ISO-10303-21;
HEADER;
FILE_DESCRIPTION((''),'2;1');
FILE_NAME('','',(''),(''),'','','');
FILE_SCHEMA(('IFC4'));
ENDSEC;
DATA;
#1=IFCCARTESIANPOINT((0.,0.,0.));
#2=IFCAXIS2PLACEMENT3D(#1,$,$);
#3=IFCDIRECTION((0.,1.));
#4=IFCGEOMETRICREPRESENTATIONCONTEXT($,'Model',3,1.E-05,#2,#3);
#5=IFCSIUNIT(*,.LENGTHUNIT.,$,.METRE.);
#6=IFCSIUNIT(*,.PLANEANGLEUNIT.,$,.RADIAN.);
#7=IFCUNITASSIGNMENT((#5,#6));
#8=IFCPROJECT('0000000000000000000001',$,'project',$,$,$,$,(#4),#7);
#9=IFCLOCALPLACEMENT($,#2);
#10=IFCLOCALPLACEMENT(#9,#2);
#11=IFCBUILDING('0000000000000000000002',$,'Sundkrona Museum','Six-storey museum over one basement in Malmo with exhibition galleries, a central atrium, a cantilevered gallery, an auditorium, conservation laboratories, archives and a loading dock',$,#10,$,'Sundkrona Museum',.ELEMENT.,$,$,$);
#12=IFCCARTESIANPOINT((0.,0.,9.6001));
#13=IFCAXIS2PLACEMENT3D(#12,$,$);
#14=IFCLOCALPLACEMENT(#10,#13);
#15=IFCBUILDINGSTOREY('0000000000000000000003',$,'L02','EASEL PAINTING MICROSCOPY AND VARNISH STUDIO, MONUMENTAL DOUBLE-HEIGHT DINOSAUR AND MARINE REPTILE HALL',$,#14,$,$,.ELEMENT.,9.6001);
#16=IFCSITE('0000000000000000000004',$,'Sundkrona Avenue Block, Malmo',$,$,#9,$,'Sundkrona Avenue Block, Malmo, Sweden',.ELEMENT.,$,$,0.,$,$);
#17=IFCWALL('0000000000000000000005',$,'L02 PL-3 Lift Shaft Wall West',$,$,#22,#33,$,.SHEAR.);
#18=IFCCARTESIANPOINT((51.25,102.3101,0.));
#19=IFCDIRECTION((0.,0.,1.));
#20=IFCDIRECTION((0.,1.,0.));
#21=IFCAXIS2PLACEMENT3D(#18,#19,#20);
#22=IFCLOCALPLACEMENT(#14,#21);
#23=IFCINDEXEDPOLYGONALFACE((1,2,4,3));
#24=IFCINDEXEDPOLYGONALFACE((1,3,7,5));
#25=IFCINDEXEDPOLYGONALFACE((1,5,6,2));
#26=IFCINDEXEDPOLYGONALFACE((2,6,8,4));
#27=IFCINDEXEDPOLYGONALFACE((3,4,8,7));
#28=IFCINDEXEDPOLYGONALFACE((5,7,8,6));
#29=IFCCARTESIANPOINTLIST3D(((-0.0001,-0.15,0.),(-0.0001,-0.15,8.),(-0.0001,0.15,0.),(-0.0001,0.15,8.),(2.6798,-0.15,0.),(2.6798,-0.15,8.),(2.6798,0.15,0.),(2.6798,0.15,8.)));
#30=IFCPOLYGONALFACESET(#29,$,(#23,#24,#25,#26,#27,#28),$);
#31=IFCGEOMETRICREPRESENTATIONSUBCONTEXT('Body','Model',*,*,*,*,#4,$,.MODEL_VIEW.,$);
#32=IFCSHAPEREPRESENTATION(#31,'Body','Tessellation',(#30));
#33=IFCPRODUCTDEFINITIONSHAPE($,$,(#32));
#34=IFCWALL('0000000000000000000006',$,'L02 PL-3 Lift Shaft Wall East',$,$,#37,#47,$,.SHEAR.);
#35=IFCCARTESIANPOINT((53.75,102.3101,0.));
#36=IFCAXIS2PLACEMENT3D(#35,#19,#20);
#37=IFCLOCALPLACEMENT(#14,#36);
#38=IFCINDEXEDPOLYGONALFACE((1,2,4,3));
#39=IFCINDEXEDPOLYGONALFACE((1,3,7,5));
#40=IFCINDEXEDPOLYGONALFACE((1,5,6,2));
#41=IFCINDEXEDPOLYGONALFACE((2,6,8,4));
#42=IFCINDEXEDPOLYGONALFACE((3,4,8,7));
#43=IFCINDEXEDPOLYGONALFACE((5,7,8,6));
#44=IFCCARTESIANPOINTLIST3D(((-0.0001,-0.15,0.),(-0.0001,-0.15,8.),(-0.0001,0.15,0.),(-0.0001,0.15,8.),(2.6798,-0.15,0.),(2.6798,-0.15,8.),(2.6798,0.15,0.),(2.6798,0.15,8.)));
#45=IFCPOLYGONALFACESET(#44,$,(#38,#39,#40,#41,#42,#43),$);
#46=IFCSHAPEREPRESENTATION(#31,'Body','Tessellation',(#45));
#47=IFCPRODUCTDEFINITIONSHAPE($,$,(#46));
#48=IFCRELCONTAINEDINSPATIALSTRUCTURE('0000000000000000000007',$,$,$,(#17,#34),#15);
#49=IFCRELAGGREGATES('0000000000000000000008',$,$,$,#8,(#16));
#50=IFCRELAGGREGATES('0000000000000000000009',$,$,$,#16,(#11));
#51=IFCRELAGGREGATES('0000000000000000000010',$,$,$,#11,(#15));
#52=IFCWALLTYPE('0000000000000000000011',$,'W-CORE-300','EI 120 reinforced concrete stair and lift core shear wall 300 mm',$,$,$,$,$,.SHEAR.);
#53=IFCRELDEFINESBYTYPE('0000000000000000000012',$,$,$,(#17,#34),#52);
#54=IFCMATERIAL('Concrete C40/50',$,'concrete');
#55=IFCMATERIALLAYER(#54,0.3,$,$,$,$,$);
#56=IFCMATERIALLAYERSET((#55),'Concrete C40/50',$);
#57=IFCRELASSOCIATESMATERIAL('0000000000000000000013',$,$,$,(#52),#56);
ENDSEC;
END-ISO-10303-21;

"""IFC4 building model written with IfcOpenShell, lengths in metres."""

from ifc_helpers import new_model, si_unit, direction, frame, frame_2d, origin, place, context, subcontext, project, spatial, rectangle, extrude, material, layer, layer_set, type_object, element, save


model = new_model("IFC4")

# Units and contexts
model_context = context("Model", 3, precision=1e-05, world=origin(), true_north=direction((0.0, 1.0)))
body_context = subcontext(model_context, "Body", "Model", "MODEL_VIEW")
ifc_project = project(units=[si_unit("LENGTHUNIT", "METRE"), si_unit("PLANEANGLEUNIT", "RADIAN")], contexts=[model_context])

# Site, building, storey
site_placement = place(None, origin())
site = spatial("IfcSite", under=ifc_project, at=site_placement, Name="Sundkrona Avenue Block, Malmo", LongName="Sundkrona Avenue Block, Malmo, Sweden", CompositionType="ELEMENT", RefElevation=0.0)
building_placement = place(site_placement, origin())
building = spatial("IfcBuilding", under=site, at=building_placement, Name="Sundkrona Museum", Description="Six-storey museum over one basement in Malmo with exhibition galleries, a central atrium, a cantilevered gallery, an auditorium, conservation laboratories, archives and a loading dock", LongName="Sundkrona Museum", CompositionType="ELEMENT")
storey_placement = place(building_placement, frame((0.0, 0.0, 9.6001)))
storey = spatial("IfcBuildingStorey", under=building, at=storey_placement, Name="L02", Description="EASEL PAINTING MICROSCOPY AND VARNISH STUDIO, MONUMENTAL DOUBLE-HEIGHT DINOSAUR AND MARINE REPTILE HALL", CompositionType="ELEMENT", Elevation=9.6001)

# Walls
ifc_material_1 = material(Name="Concrete C40/50", Category="concrete")
ifc_layer_1 = layer(ifc_material_1, 0.3)
ifc_layer_set_1 = layer_set([ifc_layer_1], Name="Concrete C40/50")
wall_type_1 = type_object("IfcWallType", Name="W-CORE-300", Description="EI 120 reinforced concrete stair and lift core shear wall 300 mm", PredefinedType="SHEAR", material=ifc_layer_set_1)
for number, where, z_axis, x_axis, name in (
    (1, (51.25, 102.3101, 0.0), (0.0, 0.0, 1.0), (0.0, 1.0, 0.0), "L02 PL-3 Lift Shaft Wall West"),
    (2, (53.75, 102.3101, 0.0), (0.0, 0.0, 1.0), (0.0, 1.0, 0.0), "L02 PL-3 Lift Shaft Wall East"),
):
    element("IfcWall", number, at=place(storey_placement, frame(where, z_axis=z_axis, x_axis=x_axis)), inside=storey, type_object=wall_type_1, Name=name, PredefinedType="SHEAR", context=body_context, shape_type="SweptSolid", body=[
        extrude(rectangle(XDim=2.6799, YDim=0.3, at=frame_2d((1.3398, 0.0))), origin(), (0.0, 0.0, 1.0), 8.0),
    ])

save(model, "model.ifc")
